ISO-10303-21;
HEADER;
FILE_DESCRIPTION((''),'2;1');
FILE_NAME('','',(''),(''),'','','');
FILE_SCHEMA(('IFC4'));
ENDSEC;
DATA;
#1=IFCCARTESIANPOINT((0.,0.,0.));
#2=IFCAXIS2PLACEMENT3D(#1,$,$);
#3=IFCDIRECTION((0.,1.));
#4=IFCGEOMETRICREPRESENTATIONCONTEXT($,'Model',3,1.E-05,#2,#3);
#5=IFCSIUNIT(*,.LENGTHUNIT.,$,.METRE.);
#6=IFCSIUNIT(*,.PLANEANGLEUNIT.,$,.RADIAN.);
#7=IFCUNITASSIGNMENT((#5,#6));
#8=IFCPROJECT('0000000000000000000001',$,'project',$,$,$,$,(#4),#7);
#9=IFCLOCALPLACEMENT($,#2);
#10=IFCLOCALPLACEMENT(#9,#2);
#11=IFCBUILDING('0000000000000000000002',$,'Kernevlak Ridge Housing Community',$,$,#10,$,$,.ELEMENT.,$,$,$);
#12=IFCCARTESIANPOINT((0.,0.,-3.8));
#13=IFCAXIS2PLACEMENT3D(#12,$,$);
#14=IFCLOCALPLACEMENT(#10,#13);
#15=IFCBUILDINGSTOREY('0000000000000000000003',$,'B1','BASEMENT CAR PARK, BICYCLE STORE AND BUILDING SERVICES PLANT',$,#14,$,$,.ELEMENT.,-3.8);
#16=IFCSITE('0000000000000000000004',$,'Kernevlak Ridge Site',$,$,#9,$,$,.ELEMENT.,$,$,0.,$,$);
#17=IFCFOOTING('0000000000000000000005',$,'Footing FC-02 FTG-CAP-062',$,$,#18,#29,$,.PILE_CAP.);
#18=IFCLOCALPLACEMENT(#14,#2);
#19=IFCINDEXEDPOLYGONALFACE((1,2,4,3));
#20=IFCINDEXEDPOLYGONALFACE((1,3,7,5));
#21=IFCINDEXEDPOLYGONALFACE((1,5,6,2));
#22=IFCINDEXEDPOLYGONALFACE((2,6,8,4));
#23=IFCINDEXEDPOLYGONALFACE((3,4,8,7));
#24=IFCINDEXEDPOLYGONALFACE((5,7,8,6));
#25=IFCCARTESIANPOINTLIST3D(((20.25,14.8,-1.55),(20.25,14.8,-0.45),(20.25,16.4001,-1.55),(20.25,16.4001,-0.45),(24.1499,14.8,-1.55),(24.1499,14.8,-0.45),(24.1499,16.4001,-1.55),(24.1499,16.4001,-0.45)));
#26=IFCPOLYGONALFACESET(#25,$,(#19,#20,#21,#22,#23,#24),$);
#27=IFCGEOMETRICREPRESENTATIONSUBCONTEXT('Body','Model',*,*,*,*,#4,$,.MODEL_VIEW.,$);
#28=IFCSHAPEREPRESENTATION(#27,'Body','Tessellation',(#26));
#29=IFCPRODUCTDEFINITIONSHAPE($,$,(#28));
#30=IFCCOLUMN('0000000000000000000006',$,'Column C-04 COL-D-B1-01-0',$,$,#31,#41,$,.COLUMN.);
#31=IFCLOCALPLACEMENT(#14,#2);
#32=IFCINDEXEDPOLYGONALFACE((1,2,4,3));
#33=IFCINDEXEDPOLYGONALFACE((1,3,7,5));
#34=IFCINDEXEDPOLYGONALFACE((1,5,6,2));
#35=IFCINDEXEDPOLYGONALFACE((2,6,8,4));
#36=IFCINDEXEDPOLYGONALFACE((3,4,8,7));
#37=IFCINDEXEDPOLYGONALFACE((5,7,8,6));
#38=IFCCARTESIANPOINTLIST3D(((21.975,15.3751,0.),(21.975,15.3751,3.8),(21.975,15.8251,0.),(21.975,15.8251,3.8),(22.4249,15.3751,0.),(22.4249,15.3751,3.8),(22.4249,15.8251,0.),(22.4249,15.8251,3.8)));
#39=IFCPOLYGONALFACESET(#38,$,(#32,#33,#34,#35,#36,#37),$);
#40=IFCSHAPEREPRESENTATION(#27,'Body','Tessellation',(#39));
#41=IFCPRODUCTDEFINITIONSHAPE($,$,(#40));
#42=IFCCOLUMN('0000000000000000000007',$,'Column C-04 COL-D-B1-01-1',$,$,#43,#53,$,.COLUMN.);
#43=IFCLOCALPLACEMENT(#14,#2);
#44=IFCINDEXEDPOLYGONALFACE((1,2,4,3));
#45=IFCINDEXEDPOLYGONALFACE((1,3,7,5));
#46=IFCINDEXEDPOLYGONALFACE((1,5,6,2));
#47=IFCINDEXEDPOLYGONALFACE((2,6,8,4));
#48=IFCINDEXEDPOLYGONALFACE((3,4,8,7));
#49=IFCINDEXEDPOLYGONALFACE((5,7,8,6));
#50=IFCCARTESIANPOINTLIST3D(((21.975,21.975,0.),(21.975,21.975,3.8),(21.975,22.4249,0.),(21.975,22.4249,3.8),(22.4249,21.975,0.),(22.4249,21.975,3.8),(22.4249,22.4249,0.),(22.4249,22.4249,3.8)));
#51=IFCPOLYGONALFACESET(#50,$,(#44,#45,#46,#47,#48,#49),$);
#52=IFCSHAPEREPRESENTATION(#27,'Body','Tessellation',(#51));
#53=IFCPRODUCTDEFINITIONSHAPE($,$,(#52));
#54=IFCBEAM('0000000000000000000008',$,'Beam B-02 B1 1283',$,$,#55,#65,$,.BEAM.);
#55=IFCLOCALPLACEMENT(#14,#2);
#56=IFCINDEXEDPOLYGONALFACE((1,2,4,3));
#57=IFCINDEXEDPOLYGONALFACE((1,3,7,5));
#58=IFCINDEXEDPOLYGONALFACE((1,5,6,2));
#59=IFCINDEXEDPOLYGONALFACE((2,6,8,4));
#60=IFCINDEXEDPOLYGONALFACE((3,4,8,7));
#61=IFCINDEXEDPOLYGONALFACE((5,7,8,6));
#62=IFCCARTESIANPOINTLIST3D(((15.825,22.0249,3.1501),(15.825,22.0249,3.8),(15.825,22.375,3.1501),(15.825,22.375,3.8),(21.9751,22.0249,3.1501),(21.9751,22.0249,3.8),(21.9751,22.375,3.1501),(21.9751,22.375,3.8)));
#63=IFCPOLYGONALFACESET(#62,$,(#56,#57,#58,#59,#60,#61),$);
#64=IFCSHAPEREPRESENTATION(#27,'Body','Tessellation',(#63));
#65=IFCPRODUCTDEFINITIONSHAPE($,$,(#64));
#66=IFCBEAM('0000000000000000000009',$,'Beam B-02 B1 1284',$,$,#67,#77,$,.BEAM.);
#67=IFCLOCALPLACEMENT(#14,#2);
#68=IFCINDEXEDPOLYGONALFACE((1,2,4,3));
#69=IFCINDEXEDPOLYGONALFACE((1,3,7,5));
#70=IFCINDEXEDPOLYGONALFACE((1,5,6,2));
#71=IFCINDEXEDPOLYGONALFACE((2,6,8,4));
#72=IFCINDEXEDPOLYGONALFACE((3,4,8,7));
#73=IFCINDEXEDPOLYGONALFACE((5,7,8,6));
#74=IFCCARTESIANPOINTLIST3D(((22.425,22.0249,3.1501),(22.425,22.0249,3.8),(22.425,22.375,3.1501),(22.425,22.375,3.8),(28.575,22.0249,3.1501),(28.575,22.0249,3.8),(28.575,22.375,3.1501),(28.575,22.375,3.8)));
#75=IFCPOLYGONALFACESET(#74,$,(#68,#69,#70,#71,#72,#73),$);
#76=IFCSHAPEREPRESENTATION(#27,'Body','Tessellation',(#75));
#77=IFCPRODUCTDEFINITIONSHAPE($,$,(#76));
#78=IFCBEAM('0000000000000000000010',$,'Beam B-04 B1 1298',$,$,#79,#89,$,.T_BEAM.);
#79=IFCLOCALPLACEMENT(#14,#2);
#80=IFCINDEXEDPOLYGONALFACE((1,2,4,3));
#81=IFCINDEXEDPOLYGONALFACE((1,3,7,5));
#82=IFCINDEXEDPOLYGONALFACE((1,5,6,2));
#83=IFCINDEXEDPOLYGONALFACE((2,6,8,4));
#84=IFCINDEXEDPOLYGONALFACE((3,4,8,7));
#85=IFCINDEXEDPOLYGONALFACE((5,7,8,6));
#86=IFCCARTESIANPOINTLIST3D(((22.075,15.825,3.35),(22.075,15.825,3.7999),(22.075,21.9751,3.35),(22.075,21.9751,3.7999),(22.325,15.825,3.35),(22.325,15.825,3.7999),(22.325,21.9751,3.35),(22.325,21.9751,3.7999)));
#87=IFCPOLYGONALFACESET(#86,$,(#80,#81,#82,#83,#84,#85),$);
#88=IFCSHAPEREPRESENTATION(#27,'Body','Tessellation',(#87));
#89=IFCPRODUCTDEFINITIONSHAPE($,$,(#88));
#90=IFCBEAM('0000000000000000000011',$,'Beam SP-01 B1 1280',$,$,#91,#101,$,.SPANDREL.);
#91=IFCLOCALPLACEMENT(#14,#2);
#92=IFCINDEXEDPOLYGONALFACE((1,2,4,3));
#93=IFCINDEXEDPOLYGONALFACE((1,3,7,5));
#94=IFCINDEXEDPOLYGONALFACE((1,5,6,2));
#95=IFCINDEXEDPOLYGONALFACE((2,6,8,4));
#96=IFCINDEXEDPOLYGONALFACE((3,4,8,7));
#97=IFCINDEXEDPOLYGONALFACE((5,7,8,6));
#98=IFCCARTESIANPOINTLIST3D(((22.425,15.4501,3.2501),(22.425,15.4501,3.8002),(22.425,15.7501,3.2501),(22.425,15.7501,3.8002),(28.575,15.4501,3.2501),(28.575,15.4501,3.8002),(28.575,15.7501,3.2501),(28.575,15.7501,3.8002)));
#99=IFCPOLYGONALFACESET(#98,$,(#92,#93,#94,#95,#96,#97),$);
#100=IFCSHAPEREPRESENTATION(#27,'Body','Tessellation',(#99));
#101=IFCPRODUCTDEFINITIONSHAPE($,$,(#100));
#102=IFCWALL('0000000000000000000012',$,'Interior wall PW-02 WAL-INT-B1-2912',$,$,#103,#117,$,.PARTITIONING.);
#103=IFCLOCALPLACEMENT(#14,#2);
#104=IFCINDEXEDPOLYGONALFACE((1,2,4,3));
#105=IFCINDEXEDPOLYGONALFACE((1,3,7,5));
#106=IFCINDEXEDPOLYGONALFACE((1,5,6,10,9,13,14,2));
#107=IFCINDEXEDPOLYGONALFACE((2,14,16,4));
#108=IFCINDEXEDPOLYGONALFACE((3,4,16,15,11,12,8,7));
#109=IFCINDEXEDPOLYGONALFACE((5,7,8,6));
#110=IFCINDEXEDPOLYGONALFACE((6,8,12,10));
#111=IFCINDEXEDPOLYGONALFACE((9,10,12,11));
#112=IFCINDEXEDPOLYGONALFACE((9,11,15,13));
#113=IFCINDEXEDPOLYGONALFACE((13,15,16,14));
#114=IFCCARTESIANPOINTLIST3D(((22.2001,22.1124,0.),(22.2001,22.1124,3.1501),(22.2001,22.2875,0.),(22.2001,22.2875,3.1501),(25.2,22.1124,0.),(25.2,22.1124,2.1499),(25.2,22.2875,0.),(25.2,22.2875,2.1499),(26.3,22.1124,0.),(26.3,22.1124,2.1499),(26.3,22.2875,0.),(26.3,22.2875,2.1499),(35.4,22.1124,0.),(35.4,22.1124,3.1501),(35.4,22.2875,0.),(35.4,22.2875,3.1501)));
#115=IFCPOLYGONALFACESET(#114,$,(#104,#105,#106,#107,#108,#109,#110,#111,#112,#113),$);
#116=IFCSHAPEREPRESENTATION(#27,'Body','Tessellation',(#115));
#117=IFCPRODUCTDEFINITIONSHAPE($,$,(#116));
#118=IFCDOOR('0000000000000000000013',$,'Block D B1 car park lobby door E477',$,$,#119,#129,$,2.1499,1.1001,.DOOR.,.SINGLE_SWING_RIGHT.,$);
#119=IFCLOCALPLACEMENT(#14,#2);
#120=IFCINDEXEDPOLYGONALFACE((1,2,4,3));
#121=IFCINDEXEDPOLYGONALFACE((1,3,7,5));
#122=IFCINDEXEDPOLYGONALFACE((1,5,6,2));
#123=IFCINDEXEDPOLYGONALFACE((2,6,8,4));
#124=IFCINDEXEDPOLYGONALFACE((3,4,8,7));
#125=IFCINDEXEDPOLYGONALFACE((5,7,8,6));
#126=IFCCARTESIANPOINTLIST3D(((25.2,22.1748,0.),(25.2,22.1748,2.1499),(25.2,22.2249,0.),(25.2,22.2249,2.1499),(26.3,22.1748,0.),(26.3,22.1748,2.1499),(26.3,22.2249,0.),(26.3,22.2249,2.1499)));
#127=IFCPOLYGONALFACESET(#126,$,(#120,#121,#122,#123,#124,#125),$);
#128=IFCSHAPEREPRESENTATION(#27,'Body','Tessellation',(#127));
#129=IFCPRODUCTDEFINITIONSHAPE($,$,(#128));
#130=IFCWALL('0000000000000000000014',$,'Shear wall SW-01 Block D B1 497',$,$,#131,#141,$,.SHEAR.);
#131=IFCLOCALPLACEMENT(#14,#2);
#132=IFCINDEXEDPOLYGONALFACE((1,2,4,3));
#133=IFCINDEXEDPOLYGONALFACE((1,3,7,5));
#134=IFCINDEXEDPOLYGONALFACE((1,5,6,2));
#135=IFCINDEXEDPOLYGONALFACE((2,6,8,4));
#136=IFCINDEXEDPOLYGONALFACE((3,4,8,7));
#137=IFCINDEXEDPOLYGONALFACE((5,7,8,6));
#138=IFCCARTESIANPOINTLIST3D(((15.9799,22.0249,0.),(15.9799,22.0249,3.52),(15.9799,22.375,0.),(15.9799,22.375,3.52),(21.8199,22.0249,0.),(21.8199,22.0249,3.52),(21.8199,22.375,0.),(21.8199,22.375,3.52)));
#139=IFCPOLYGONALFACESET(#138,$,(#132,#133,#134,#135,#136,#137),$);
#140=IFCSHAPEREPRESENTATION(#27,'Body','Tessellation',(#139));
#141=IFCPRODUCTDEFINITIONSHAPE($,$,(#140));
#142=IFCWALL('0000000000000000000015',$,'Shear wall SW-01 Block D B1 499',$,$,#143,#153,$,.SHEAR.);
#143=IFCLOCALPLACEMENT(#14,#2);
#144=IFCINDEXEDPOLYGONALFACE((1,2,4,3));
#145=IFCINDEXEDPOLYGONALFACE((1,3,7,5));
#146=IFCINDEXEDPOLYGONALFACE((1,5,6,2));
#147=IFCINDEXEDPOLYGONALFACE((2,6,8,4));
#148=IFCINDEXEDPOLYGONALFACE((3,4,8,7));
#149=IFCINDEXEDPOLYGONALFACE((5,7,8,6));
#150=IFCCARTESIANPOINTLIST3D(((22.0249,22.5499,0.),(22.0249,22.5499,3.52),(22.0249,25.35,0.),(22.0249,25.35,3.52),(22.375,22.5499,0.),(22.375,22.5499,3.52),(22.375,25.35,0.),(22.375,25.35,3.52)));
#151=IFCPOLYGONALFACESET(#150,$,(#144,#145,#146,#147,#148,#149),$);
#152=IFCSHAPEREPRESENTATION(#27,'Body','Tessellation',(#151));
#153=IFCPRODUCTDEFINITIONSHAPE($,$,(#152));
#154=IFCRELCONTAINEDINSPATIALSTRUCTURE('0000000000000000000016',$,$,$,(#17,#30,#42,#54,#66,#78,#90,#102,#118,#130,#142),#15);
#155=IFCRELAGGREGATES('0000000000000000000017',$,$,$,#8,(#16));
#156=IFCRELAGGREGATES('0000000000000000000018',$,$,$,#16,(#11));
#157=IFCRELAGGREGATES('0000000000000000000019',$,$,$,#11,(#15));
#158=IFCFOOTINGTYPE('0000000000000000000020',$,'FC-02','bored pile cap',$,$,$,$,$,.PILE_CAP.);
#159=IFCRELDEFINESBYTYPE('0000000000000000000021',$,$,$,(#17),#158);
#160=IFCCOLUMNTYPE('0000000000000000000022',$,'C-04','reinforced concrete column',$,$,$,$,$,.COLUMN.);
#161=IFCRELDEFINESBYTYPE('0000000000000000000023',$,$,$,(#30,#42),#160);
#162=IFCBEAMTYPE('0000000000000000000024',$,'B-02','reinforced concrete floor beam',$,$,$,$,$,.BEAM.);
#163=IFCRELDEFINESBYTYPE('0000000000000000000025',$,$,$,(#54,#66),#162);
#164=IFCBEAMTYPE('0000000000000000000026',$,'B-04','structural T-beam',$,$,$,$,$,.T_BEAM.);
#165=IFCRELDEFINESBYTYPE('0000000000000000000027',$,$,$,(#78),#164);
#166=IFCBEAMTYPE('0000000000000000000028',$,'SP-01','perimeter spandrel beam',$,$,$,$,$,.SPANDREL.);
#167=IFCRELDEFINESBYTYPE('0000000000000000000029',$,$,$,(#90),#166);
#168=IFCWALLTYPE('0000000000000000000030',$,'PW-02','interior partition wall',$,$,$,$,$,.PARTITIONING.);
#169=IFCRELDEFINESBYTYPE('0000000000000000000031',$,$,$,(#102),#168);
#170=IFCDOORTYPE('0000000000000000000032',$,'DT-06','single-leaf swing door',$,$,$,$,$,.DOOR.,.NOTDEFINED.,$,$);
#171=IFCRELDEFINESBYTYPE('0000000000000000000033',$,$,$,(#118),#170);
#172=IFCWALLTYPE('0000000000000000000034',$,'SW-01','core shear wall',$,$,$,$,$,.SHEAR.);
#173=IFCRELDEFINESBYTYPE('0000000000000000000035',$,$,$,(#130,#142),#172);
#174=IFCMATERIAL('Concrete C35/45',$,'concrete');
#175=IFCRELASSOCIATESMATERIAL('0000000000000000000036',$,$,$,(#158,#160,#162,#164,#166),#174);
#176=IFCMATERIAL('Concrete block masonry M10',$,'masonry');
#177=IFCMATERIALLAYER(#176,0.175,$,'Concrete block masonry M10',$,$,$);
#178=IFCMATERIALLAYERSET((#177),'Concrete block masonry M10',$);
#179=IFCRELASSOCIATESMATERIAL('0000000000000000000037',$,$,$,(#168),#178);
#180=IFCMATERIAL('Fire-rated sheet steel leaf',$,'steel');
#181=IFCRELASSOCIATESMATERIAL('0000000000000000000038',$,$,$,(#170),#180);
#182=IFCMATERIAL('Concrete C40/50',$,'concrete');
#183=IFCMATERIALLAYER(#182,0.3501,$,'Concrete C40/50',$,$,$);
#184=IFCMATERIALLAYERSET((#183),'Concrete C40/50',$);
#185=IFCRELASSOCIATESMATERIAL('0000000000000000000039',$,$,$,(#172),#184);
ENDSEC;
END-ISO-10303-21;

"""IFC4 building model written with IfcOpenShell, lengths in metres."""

from ifc_helpers import new_model, si_unit, direction, frame, frame_2d, origin, origin_2d, place, context, subcontext, project, spatial, rectangle, extrude, material, layer, layer_set, material_profile, profile_set, type_object, element, fill, save


model = new_model("IFC4")

# Units and contexts
model_context = context("Model", 3, precision=1e-05, world=origin(), true_north=direction((0.0, 1.0)))
body_context = subcontext(model_context, "Body", "Model", "MODEL_VIEW")
ifc_project = project(units=[si_unit("LENGTHUNIT", "METRE"), si_unit("PLANEANGLEUNIT", "RADIAN")], contexts=[model_context])

# Site, building, storey
site_placement = place(None, origin())
site = spatial("IfcSite", under=ifc_project, at=site_placement, Name="Kernevlak Ridge Site", CompositionType="ELEMENT", RefElevation=0.0)
building_placement = place(site_placement, origin())
building = spatial("IfcBuilding", under=site, at=building_placement, Name="Kernevlak Ridge Housing Community", CompositionType="ELEMENT")
storey_placement = place(building_placement, frame((0.0, 0.0, -3.8)))
storey = spatial("IfcBuildingStorey", under=building, at=storey_placement, Name="B1", Description="BASEMENT CAR PARK, BICYCLE STORE AND BUILDING SERVICES PLANT", CompositionType="ELEMENT", Elevation=-3.8)

# Shared definitions
ifc_material_1 = material(Name="Concrete C35/45", Category="concrete")

# Footing
footing_type_1 = type_object("IfcFootingType", Name="FC-02", Description="bored pile cap", PredefinedType="PILE_CAP", material=ifc_material_1)
footing_1_placement = place(storey_placement, frame((22.2, 15.6001, -1.55), z_axis=(0.0, 0.0, 1.0), x_axis=(1.0, 0.0, 0.0)))
element("IfcFooting", 1, at=footing_1_placement, inside=storey, type_object=footing_type_1, Name="Footing FC-02 FTG-CAP-062", PredefinedType="PILE_CAP", context=body_context, shape_type="SweptSolid", body=[
    extrude(rectangle(XDim=3.8999, YDim=1.6001, at=origin_2d()), origin(), (0.0, 0.0, 1.0), 1.1001),
])

# Columns
ifc_material_profile_1 = material_profile(ifc_material_1, rectangle(XDim=0.45, YDim=0.45, at=origin_2d()), Name="RC 450x450")
ifc_profile_set_1 = profile_set([ifc_material_profile_1], Name="Concrete C35/45")
column_type = type_object("IfcColumnType", Name="C-04", Description="reinforced concrete column", PredefinedType="COLUMN", material=ifc_profile_set_1)
for number, where, z_axis, x_axis, name in (
    (2, (22.2, 15.6001, 0.0), (0.0, 0.0, 1.0), (1.0, 0.0, 0.0), "Column C-04 COL-D-B1-01-0"),
    (3, (22.2, 22.2, 0.0), (0.0, 0.0, 1.0), (1.0, 0.0, 0.0), "Column C-04 COL-D-B1-01-1"),
):
    element("IfcColumn", number, at=place(storey_placement, frame(where, z_axis=z_axis, x_axis=x_axis)), inside=storey, type_object=column_type, Name=name, PredefinedType="COLUMN", context=body_context, shape_type="SweptSolid", body=[
        extrude(rectangle(XDim=0.45, YDim=0.45, at=origin_2d()), origin(), (0.0, 0.0, 1.0), 3.8),
    ])

# Beams
ifc_material_profile_2 = material_profile(ifc_material_1, rectangle(XDim=0.3501, YDim=0.6499, at=origin_2d()), Name="RC 350x650")
ifc_profile_set_2 = profile_set([ifc_material_profile_2], Name="Concrete C35/45")
beam_type_1 = type_object("IfcBeamType", Name="B-02", Description="reinforced concrete floor beam", PredefinedType="BEAM", material=ifc_profile_set_2)
beam_1_placement = place(storey_placement, frame((15.825, 22.2, 3.4751), z_axis=(1.0, 0.0, 0.0), x_axis=(0.0, 1.0, 0.0)))
element("IfcBeam", 4, at=beam_1_placement, inside=storey, type_object=beam_type_1, Name="Beam B-02 B1 1283", PredefinedType="BEAM", context=body_context, shape_type="SweptSolid", body=[
    extrude(rectangle(XDim=0.3501, YDim=0.6499, at=origin_2d()), origin(), (0.0, 0.0, 1.0), 6.1501),
])
beam_2_placement = place(storey_placement, frame((22.425, 22.2, 3.4751), z_axis=(1.0, 0.0, 0.0), x_axis=(0.0, 1.0, 0.0)))
element("IfcBeam", 5, at=beam_2_placement, inside=storey, type_object=beam_type_1, Name="Beam B-02 B1 1284", PredefinedType="BEAM", context=body_context, shape_type="SweptSolid", body=[
    extrude(rectangle(XDim=0.3501, YDim=0.6499, at=origin_2d()), origin(), (0.0, 0.0, 1.0), 6.1499),
])
ifc_material_profile_3 = material_profile(ifc_material_1, rectangle(XDim=0.25, YDim=0.45, at=origin_2d()), Name="RC 250x450")
ifc_profile_set_3 = profile_set([ifc_material_profile_3], Name="Concrete C35/45")
beam_type_2 = type_object("IfcBeamType", Name="B-04", Description="structural T-beam", PredefinedType="T_BEAM", material=ifc_profile_set_3)
beam_3_placement = place(storey_placement, frame((22.2, 15.825, 3.575), z_axis=(0.0, 1.0, 0.0), x_axis=(-1.0, 0.0, 0.0)))
element("IfcBeam", 6, at=beam_3_placement, inside=storey, type_object=beam_type_2, Name="Beam B-04 B1 1298", PredefinedType="T_BEAM", context=body_context, shape_type="SweptSolid", body=[
    extrude(rectangle(XDim=0.25, YDim=0.45, at=origin_2d()), origin(), (0.0, 0.0, 1.0), 6.1501),
])
ifc_material_profile_4 = material_profile(ifc_material_1, rectangle(XDim=0.3, YDim=0.55, at=origin_2d()), Name="RC 300x550")
ifc_profile_set_4 = profile_set([ifc_material_profile_4], Name="Concrete C35/45")
beam_type_3 = type_object("IfcBeamType", Name="SP-01", Description="perimeter spandrel beam", PredefinedType="SPANDREL", material=ifc_profile_set_4)
beam_4_placement = place(storey_placement, frame((22.425, 15.6001, 3.5251), z_axis=(1.0, 0.0, 0.0), x_axis=(0.0, 1.0, 0.0)))
element("IfcBeam", 7, at=beam_4_placement, inside=storey, type_object=beam_type_3, Name="Beam SP-01 B1 1280", PredefinedType="SPANDREL", context=body_context, shape_type="SweptSolid", body=[
    extrude(rectangle(XDim=0.3, YDim=0.55, at=origin_2d()), origin(), (0.0, 0.0, 1.0), 6.1499),
])

# Wall, opening, door
ifc_material_2 = material(Name="Concrete block masonry M10", Category="masonry")
ifc_layer_1 = layer(ifc_material_2, 0.175, Name="Concrete block masonry M10")
ifc_layer_set_1 = layer_set([ifc_layer_1], Name="Concrete block masonry M10")
wall_type_1 = type_object("IfcWallType", Name="PW-02", Description="interior partition wall", PredefinedType="PARTITIONING", material=ifc_layer_set_1)
wall_1_placement = place(storey_placement, frame((22.2, 22.2, 0.0), z_axis=(0.0, 0.0, 1.0), x_axis=(1.0, 0.0, 0.0)))
wall_1 = element("IfcWall", 8, at=wall_1_placement, inside=storey, type_object=wall_type_1, Name="Interior wall PW-02 WAL-INT-B1-2912", PredefinedType="PARTITIONING", context=body_context, shape_type="SweptSolid", body=[
    extrude(rectangle(XDim=13.2, YDim=0.175, at=frame_2d((6.6001, 0.0))), origin(), (0.0, 0.0, 1.0), 3.1501),
])
opening_placement = place(wall_1_placement, frame((3.0, 0.0, 0.0)))
opening = element("IfcOpeningElement", 9, at=opening_placement, cuts=wall_1, PredefinedType="OPENING", context=body_context, shape_type="SweptSolid", body=[
    extrude(rectangle(XDim=1.1001, YDim=2.1499, at=frame_2d((0.55, 1.075))), frame((0.0, 0.0974, 0.0), z_axis=(0.0, -1.0, 0.0), x_axis=(1.0, 0.0, 0.0)), (0.0, 0.0, 1.0), 0.1951),
])
ifc_material_3 = material(Name="Fire-rated sheet steel leaf", Category="steel")
door_type = type_object("IfcDoorType", Name="DT-06", Description="single-leaf swing door", OperationType="NOTDEFINED", PredefinedType="DOOR", material=ifc_material_3)
door_placement = place(opening_placement, origin())
door = element("IfcDoor", 10, at=door_placement, inside=storey, type_object=door_type, Name="Block D B1 car park lobby door E477", OperationType="SINGLE_SWING_RIGHT", OverallHeight=2.1499, OverallWidth=1.1001, PredefinedType="DOOR", context=body_context, shape_type="SweptSolid", body=[
    extrude(rectangle(XDim=1.1001, YDim=2.1499, at=frame_2d((0.55, 1.075))), frame((0.0, 0.0249, 0.0), z_axis=(0.0, -1.0, 0.0), x_axis=(1.0, 0.0, 0.0)), (0.0, 0.0, 1.0), 0.05),
])
fill(opening, door)

# Walls
ifc_material_4 = material(Name="Concrete C40/50", Category="concrete")
ifc_layer_2 = layer(ifc_material_4, 0.3501, Name="Concrete C40/50")
ifc_layer_set_2 = layer_set([ifc_layer_2], Name="Concrete C40/50")
wall_type_2 = type_object("IfcWallType", Name="SW-01", Description="core shear wall", PredefinedType="SHEAR", material=ifc_layer_set_2)
wall_2_placement = place(storey_placement, frame((15.98, 22.2, 0.0), z_axis=(0.0, 0.0, 1.0), x_axis=(1.0, 0.0, 0.0)))
element("IfcWall", 11, at=wall_2_placement, inside=storey, type_object=wall_type_2, Name="Shear wall SW-01 Block D B1 497", PredefinedType="SHEAR", context=body_context, shape_type="SweptSolid", body=[
    extrude(rectangle(XDim=5.8401, YDim=0.3501, at=frame_2d((2.9199, 0.0))), origin(), (0.0, 0.0, 1.0), 3.52),
])
wall_3_placement = place(storey_placement, frame((22.2, 22.55, 0.0), z_axis=(0.0, 0.0, 1.0), x_axis=(0.0, 1.0, 0.0)))
element("IfcWall", 12, at=wall_3_placement, inside=storey, type_object=wall_type_2, Name="Shear wall SW-01 Block D B1 499", PredefinedType="SHEAR", context=body_context, shape_type="SweptSolid", body=[
    extrude(rectangle(XDim=2.8, YDim=0.3501, at=frame_2d((1.3999, 0.0))), origin(), (0.0, 0.0, 1.0), 3.52),
])

save(model, "model.ifc")
